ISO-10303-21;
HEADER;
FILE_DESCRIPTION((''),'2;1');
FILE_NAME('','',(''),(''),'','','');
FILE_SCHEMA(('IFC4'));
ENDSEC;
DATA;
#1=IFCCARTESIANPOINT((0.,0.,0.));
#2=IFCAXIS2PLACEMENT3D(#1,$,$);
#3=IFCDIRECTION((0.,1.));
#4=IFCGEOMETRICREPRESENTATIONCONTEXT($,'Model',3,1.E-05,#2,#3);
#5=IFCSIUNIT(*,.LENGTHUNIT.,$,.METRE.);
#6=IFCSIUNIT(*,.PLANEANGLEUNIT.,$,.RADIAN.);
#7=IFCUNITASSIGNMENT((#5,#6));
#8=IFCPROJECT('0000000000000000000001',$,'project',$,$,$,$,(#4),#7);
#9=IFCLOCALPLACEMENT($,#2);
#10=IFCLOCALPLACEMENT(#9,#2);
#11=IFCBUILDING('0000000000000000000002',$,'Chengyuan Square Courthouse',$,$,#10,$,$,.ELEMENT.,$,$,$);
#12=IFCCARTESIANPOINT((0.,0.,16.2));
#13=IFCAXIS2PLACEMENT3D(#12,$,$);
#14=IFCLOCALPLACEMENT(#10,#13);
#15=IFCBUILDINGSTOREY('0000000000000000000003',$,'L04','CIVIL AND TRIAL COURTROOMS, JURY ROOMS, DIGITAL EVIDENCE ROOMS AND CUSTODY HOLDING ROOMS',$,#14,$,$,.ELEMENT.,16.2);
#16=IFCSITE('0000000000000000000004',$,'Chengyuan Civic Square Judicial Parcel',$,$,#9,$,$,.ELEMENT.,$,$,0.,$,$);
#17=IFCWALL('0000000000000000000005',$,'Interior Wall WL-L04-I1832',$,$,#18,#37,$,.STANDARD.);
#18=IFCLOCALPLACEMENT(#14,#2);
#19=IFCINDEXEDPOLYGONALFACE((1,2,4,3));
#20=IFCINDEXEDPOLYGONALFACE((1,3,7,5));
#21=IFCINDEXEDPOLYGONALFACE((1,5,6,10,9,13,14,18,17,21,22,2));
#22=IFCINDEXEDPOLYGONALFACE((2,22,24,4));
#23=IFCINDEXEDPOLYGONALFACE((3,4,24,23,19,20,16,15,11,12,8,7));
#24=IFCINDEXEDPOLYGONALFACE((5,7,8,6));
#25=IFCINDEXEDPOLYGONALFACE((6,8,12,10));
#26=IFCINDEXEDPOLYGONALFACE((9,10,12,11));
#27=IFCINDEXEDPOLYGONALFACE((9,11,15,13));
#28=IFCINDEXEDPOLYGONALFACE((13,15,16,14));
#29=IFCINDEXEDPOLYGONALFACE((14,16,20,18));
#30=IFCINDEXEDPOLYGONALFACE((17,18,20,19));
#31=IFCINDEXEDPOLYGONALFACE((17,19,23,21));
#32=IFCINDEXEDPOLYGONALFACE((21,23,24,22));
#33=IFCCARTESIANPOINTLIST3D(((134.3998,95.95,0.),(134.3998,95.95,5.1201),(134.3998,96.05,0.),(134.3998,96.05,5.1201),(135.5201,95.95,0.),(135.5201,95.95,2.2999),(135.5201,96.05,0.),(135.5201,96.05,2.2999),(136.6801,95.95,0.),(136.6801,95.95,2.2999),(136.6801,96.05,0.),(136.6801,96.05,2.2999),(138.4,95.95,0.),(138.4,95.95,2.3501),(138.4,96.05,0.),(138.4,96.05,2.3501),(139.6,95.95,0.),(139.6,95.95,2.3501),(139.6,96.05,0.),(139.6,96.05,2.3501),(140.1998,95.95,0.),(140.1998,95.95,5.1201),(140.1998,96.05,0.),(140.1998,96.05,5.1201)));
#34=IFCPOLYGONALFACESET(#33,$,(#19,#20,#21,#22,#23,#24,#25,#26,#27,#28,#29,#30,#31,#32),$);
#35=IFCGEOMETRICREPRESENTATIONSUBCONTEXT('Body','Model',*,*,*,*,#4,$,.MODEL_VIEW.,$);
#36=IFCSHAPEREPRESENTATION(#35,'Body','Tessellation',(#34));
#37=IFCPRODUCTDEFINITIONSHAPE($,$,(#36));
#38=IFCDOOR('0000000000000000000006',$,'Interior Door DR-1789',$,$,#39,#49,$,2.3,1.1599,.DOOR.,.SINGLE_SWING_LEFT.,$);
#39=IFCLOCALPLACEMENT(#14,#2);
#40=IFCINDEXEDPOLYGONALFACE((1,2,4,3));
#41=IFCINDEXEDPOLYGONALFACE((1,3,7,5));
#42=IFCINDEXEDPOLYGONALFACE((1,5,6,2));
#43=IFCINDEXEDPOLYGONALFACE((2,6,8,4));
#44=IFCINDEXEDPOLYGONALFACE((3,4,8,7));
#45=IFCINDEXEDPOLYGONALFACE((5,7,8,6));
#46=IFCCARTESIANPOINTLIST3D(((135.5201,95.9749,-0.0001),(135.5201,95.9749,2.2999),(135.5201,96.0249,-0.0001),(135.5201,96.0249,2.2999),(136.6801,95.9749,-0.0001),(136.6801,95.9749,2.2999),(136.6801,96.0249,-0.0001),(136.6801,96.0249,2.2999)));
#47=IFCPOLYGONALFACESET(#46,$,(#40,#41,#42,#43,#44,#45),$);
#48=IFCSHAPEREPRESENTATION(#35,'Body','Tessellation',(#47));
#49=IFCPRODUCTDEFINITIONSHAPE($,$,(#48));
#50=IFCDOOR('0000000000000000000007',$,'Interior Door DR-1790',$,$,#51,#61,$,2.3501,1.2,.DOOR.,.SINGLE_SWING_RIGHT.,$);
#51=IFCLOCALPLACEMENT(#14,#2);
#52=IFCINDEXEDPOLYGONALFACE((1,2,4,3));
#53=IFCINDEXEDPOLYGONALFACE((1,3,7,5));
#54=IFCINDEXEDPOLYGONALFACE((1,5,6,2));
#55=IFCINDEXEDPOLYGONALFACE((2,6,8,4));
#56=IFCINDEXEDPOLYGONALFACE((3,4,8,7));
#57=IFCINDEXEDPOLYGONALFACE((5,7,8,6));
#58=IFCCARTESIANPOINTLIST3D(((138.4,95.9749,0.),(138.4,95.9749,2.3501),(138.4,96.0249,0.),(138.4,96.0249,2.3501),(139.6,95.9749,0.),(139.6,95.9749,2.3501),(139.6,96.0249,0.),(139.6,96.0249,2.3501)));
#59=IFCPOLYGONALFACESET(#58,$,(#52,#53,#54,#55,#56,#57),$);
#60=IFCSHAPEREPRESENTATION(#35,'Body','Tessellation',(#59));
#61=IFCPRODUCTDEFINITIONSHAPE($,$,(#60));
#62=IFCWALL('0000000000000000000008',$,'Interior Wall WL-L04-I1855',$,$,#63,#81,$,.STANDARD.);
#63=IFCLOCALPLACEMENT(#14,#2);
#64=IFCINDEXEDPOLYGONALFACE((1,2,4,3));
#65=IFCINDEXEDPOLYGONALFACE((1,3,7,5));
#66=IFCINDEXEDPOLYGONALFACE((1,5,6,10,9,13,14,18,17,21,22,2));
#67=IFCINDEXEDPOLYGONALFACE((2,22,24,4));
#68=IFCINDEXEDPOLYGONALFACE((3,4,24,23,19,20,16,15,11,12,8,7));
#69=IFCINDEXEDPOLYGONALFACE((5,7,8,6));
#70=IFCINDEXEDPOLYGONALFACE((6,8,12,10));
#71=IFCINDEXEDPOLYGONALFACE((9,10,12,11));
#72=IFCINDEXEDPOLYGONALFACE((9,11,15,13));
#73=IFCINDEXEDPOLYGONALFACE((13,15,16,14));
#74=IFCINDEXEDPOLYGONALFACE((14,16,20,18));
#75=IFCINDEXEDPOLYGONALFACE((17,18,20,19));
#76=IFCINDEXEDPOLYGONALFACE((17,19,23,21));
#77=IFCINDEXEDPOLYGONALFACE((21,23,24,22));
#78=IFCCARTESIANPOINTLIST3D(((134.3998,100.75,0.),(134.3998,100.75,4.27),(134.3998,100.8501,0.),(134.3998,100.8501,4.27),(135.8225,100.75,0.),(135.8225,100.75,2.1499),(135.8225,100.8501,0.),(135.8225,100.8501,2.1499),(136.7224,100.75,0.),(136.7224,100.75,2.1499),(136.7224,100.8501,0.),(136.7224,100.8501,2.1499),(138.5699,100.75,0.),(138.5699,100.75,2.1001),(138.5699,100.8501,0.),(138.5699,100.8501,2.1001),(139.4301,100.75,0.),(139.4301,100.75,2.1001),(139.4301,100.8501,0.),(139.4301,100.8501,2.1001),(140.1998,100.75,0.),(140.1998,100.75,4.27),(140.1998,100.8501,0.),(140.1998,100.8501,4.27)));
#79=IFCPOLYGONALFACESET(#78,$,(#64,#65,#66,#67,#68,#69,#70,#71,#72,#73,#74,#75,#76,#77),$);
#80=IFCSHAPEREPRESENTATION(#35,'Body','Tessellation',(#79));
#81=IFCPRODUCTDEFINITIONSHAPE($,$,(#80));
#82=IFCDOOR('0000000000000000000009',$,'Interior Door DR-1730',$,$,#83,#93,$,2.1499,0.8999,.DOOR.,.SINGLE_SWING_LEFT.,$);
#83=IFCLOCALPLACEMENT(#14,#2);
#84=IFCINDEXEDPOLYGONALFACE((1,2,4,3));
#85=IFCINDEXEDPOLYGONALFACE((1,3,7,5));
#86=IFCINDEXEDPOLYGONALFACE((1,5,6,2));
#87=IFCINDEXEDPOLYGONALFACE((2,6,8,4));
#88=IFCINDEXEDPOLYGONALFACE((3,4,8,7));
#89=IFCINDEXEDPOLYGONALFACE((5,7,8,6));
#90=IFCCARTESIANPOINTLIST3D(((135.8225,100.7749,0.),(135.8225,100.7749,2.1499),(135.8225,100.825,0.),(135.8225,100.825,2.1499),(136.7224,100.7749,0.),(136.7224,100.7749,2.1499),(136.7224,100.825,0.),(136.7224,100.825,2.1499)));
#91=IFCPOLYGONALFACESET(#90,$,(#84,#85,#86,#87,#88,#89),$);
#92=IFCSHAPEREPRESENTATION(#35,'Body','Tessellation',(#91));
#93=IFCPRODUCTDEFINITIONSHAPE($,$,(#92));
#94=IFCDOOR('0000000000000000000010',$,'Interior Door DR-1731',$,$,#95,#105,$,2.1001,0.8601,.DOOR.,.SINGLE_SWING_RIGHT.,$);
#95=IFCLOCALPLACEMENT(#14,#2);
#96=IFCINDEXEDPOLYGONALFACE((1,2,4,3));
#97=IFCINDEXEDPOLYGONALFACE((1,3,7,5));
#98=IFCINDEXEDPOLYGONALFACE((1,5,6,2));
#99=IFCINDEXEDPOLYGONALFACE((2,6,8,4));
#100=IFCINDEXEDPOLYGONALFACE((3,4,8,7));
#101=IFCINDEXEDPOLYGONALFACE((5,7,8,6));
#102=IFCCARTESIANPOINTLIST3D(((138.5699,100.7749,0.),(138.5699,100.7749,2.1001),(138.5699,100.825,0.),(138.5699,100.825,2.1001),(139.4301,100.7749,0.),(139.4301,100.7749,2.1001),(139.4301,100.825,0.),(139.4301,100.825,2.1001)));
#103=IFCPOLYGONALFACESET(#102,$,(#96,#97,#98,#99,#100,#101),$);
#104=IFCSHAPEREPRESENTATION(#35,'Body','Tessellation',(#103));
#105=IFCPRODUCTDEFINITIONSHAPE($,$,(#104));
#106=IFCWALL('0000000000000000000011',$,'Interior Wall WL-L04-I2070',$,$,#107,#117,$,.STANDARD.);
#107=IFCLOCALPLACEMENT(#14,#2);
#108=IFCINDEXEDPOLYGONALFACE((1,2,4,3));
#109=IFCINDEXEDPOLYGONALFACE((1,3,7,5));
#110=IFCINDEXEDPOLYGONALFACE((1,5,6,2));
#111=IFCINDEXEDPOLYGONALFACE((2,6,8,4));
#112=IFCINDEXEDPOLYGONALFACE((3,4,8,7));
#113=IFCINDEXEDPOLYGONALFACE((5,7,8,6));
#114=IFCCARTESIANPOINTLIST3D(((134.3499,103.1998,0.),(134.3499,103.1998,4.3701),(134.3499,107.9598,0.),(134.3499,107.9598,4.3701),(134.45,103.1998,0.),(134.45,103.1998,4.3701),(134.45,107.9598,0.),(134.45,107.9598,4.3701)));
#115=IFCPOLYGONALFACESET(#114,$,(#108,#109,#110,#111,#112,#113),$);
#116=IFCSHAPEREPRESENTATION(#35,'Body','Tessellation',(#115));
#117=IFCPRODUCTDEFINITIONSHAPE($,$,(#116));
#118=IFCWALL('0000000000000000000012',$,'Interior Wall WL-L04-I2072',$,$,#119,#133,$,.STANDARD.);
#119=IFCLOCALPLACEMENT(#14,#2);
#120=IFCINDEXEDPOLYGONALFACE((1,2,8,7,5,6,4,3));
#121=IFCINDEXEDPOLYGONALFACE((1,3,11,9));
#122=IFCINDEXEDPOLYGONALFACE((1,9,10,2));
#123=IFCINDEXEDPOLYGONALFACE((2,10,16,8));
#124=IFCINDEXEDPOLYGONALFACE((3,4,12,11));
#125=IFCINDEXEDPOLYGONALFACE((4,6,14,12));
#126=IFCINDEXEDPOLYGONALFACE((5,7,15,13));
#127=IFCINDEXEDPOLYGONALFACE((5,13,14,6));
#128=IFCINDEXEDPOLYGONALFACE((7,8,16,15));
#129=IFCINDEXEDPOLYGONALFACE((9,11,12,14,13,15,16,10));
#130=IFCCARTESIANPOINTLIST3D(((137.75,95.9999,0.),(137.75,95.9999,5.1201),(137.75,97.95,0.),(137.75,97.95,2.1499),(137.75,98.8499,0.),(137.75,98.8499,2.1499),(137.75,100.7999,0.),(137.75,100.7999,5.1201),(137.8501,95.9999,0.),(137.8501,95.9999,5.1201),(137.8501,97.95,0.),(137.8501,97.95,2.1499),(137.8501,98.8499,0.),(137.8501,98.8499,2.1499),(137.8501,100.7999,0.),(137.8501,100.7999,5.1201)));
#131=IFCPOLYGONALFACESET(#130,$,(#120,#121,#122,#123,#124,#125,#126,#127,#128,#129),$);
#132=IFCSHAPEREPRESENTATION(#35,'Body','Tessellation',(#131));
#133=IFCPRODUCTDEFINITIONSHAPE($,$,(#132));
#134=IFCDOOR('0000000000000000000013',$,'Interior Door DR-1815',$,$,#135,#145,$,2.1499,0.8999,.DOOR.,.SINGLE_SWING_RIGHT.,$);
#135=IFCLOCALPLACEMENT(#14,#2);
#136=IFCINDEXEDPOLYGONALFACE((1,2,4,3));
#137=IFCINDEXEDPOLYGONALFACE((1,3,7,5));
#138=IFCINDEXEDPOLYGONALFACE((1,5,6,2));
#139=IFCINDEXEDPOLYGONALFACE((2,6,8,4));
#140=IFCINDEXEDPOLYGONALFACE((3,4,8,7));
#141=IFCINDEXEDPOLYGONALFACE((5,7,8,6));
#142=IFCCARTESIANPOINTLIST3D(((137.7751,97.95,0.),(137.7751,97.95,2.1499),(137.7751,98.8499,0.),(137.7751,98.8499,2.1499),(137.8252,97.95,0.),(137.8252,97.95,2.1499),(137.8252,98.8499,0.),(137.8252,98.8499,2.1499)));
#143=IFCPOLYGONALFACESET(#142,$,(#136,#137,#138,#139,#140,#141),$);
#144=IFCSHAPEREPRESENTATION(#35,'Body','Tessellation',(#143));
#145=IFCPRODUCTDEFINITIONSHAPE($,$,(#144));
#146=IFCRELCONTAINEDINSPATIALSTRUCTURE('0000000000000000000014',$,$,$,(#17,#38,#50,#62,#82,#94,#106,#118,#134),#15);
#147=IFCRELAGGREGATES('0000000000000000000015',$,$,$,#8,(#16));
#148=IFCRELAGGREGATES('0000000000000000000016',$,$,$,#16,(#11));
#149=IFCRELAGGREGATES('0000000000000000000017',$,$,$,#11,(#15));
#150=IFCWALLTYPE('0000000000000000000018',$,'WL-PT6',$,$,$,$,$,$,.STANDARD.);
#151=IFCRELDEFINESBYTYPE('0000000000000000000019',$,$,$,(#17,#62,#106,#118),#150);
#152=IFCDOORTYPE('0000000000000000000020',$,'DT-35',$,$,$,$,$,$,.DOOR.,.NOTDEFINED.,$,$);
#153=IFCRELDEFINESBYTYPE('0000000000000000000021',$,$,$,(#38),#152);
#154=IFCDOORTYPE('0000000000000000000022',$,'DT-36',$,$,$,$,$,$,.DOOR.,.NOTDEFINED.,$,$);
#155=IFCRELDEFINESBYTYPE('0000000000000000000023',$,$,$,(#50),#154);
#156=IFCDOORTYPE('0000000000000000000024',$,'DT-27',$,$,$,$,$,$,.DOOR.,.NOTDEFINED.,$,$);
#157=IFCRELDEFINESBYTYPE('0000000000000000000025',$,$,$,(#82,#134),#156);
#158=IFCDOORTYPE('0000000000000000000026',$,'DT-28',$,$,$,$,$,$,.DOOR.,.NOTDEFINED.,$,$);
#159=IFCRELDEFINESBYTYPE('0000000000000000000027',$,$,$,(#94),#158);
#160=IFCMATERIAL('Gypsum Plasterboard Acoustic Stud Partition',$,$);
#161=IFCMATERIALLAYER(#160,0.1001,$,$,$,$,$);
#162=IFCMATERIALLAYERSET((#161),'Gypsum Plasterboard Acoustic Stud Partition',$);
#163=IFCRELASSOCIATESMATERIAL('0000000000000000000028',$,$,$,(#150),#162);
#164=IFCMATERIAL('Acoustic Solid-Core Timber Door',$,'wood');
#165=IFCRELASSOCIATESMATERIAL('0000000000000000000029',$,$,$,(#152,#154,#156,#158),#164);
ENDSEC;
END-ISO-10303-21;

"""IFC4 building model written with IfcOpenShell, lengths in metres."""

from ifc_helpers import new_model, si_unit, direction, frame, frame_2d, origin, place, context, subcontext, project, spatial, rectangle, extrude, material, layer, layer_set, type_object, element, fill, save


model = new_model("IFC4")

# Units and contexts
model_context = context("Model", 3, precision=1e-05, world=origin(), true_north=direction((0.0, 1.0)))
body_context = subcontext(model_context, "Body", "Model", "MODEL_VIEW")
ifc_project = project(units=[si_unit("LENGTHUNIT", "METRE"), si_unit("PLANEANGLEUNIT", "RADIAN")], contexts=[model_context])

# Site, building, storey
site_placement = place(None, origin())
site = spatial("IfcSite", under=ifc_project, at=site_placement, Name="Chengyuan Civic Square Judicial Parcel", CompositionType="ELEMENT", RefElevation=0.0)
building_placement = place(site_placement, origin())
building = spatial("IfcBuilding", under=site, at=building_placement, Name="Chengyuan Square Courthouse", CompositionType="ELEMENT")
storey_placement = place(building_placement, frame((0.0, 0.0, 16.2)))
storey = spatial("IfcBuildingStorey", under=building, at=storey_placement, Name="L04", Description="CIVIL AND TRIAL COURTROOMS, JURY ROOMS, DIGITAL EVIDENCE ROOMS AND CUSTODY HOLDING ROOMS", CompositionType="ELEMENT", Elevation=16.2)

# Walls, openings, doors
ifc_material_1 = material(Name="Gypsum Plasterboard Acoustic Stud Partition")
ifc_layer_1 = layer(ifc_material_1, 0.1001)
ifc_layer_set_1 = layer_set([ifc_layer_1], Name="Gypsum Plasterboard Acoustic Stud Partition")
wall_type_1 = type_object("IfcWallType", Name="WL-PT6", PredefinedType="STANDARD", material=ifc_layer_set_1)
wall_1_placement = place(storey_placement, frame((134.3999, 96.0, 0.0), z_axis=(0.0, 0.0, 1.0), x_axis=(1.0, 0.0, 0.0)))
wall_1 = element("IfcWall", 1, at=wall_1_placement, inside=storey, type_object=wall_type_1, Name="Interior Wall WL-L04-I1832", PredefinedType="STANDARD", context=body_context, shape_type="SweptSolid", body=[
    extrude(rectangle(XDim=5.8, YDim=0.1001, at=frame_2d((2.8999, 0.0))), origin(), (0.0, 0.0, 1.0), 5.1201),
])
opening_1_placement = place(wall_1_placement, frame((1.1201, 0.0, 0.0)))
opening_1 = element("IfcOpeningElement", 2, at=opening_1_placement, cuts=wall_1, PredefinedType="OPENING", context=body_context, shape_type="SweptSolid", body=[
    extrude(rectangle(XDim=1.1599, YDim=2.3, at=frame_2d((0.5801, 1.1499))), frame((0.0, 0.062, 0.0), z_axis=(0.0, -1.0, 0.0), x_axis=(1.0, 0.0, 0.0)), (0.0, 0.0, 1.0), 0.124),
])
opening_2_placement = place(wall_1_placement, frame((4.0, 0.0, 0.0)))
opening_2 = element("IfcOpeningElement", 3, at=opening_2_placement, cuts=wall_1, PredefinedType="OPENING", context=body_context, shape_type="SweptSolid", body=[
    extrude(rectangle(XDim=1.2, YDim=2.3501, at=frame_2d((0.6001, 1.175))), frame((0.0, 0.062, 0.0), z_axis=(0.0, -1.0, 0.0), x_axis=(1.0, 0.0, 0.0)), (0.0, 0.0, 1.0), 0.124),
])
ifc_material_2 = material(Name="Acoustic Solid-Core Timber Door", Category="wood")
door_type_1 = type_object("IfcDoorType", Name="DT-35", OperationType="NOTDEFINED", PredefinedType="DOOR", material=ifc_material_2)
door_1_placement = place(opening_1_placement, origin())
door_1 = element("IfcDoor", 4, at=door_1_placement, inside=storey, type_object=door_type_1, Name="Interior Door DR-1789", OperationType="SINGLE_SWING_LEFT", OverallHeight=2.3, OverallWidth=1.1599, PredefinedType="DOOR", context=body_context, shape_type="SweptSolid", body=[
    extrude(rectangle(XDim=1.1599, YDim=2.3, at=frame_2d((0.5801, 1.1499))), frame((0.0, 0.0249, 0.0), z_axis=(0.0, -1.0, 0.0), x_axis=(1.0, 0.0, 0.0)), (0.0, 0.0, 1.0), 0.05),
])
fill(opening_1, door_1)
door_type_2 = type_object("IfcDoorType", Name="DT-36", OperationType="NOTDEFINED", PredefinedType="DOOR", material=ifc_material_2)
door_2_placement = place(opening_2_placement, origin())
door_2 = element("IfcDoor", 5, at=door_2_placement, inside=storey, type_object=door_type_2, Name="Interior Door DR-1790", OperationType="SINGLE_SWING_RIGHT", OverallHeight=2.3501, OverallWidth=1.2, PredefinedType="DOOR", context=body_context, shape_type="SweptSolid", body=[
    extrude(rectangle(XDim=1.2, YDim=2.3501, at=frame_2d((0.6001, 1.175))), frame((0.0, 0.0249, 0.0), z_axis=(0.0, -1.0, 0.0), x_axis=(1.0, 0.0, 0.0)), (0.0, 0.0, 1.0), 0.05),
])
fill(opening_2, door_2)
wall_2_placement = place(storey_placement, frame((134.3999, 100.8, 0.0), z_axis=(0.0, 0.0, 1.0), x_axis=(1.0, 0.0, 0.0)))
wall_2 = element("IfcWall", 6, at=wall_2_placement, inside=storey, type_object=wall_type_1, Name="Interior Wall WL-L04-I1855", PredefinedType="STANDARD", context=body_context, shape_type="SweptSolid", body=[
    extrude(rectangle(XDim=5.8, YDim=0.1001, at=frame_2d((2.8999, 0.0))), origin(), (0.0, 0.0, 1.0), 4.27),
])
opening_3_placement = place(wall_2_placement, frame((1.4226, 0.0, 0.0)))
opening_3 = element("IfcOpeningElement", 7, at=opening_3_placement, cuts=wall_2, PredefinedType="OPENING", context=body_context, shape_type="SweptSolid", body=[
    extrude(rectangle(XDim=0.8999, YDim=2.1499, at=frame_2d((0.45, 1.075))), frame((0.0, 0.062, 0.0), z_axis=(0.0, -1.0, 0.0), x_axis=(1.0, 0.0, 0.0)), (0.0, 0.0, 1.0), 0.124),
])
opening_4_placement = place(wall_2_placement, frame((4.1699, 0.0, 0.0)))
opening_4 = element("IfcOpeningElement", 8, at=opening_4_placement, cuts=wall_2, PredefinedType="OPENING", context=body_context, shape_type="SweptSolid", body=[
    extrude(rectangle(XDim=0.8601, YDim=2.1001, at=frame_2d((0.4302, 1.05))), frame((0.0, 0.062, 0.0), z_axis=(0.0, -1.0, 0.0), x_axis=(1.0, 0.0, 0.0)), (0.0, 0.0, 1.0), 0.124),
])
door_type_3 = type_object("IfcDoorType", Name="DT-27", OperationType="NOTDEFINED", PredefinedType="DOOR", material=ifc_material_2)
door_3_placement = place(opening_3_placement, origin())
door_3 = element("IfcDoor", 9, at=door_3_placement, inside=storey, type_object=door_type_3, Name="Interior Door DR-1730", OperationType="SINGLE_SWING_LEFT", OverallHeight=2.1499, OverallWidth=0.8999, PredefinedType="DOOR", context=body_context, shape_type="SweptSolid", body=[
    extrude(rectangle(XDim=0.8999, YDim=2.1499, at=frame_2d((0.45, 1.075))), frame((0.0, 0.0249, 0.0), z_axis=(0.0, -1.0, 0.0), x_axis=(1.0, 0.0, 0.0)), (0.0, 0.0, 1.0), 0.05),
])
fill(opening_3, door_3)
door_type_4 = type_object("IfcDoorType", Name="DT-28", OperationType="NOTDEFINED", PredefinedType="DOOR", material=ifc_material_2)
door_4_placement = place(opening_4_placement, origin())
door_4 = element("IfcDoor", 10, at=door_4_placement, inside=storey, type_object=door_type_4, Name="Interior Door DR-1731", OperationType="SINGLE_SWING_RIGHT", OverallHeight=2.1001, OverallWidth=0.8601, PredefinedType="DOOR", context=body_context, shape_type="SweptSolid", body=[
    extrude(rectangle(XDim=0.8601, YDim=2.1001, at=frame_2d((0.4302, 1.05))), frame((0.0, 0.0249, 0.0), z_axis=(0.0, -1.0, 0.0), x_axis=(1.0, 0.0, 0.0)), (0.0, 0.0, 1.0), 0.05),
])
fill(opening_4, door_4)

# Wall
wall_3_placement = place(storey_placement, frame((134.3999, 103.2, 0.0), z_axis=(0.0, 0.0, 1.0), x_axis=(0.0, 1.0, 0.0)))
element("IfcWall", 11, at=wall_3_placement, inside=storey, type_object=wall_type_1, Name="Interior Wall WL-L04-I2070", PredefinedType="STANDARD", context=body_context, shape_type="SweptSolid", body=[
    extrude(rectangle(XDim=4.76, YDim=0.1001, at=frame_2d((2.3799, 0.0))), origin(), (0.0, 0.0, 1.0), 4.3701),
])

# Wall, opening, door
wall_4_placement = place(storey_placement, frame((137.8, 96.0, 0.0), z_axis=(0.0, 0.0, 1.0), x_axis=(0.0, 1.0, 0.0)))
wall_4 = element("IfcWall", 12, at=wall_4_placement, inside=storey, type_object=wall_type_1, Name="Interior Wall WL-L04-I2072", PredefinedType="STANDARD", context=body_context, shape_type="SweptSolid", body=[
    extrude(rectangle(XDim=4.8, YDim=0.1001, at=frame_2d((2.3999, 0.0))), origin(), (0.0, 0.0, 1.0), 5.1201),
])
opening_5_placement = place(wall_4_placement, frame((1.95, 0.0, 0.0)))
opening_5 = element("IfcOpeningElement", 13, at=opening_5_placement, cuts=wall_4, PredefinedType="OPENING", context=body_context, shape_type="SweptSolid", body=[
    extrude(rectangle(XDim=0.8999, YDim=2.1499, at=frame_2d((0.45, 1.075))), frame((0.0, 0.062, 0.0), z_axis=(0.0, -1.0, 0.0), x_axis=(1.0, 0.0, 0.0)), (0.0, 0.0, 1.0), 0.124),
])
door_5_placement = place(opening_5_placement, origin())
door_5 = element("IfcDoor", 14, at=door_5_placement, inside=storey, type_object=door_type_3, Name="Interior Door DR-1815", OperationType="SINGLE_SWING_RIGHT", OverallHeight=2.1499, OverallWidth=0.8999, PredefinedType="DOOR", context=body_context, shape_type="SweptSolid", body=[
    extrude(rectangle(XDim=0.8999, YDim=2.1499, at=frame_2d((0.45, 1.075))), frame((0.0, 0.0249, 0.0), z_axis=(0.0, -1.0, 0.0), x_axis=(1.0, 0.0, 0.0)), (0.0, 0.0, 1.0), 0.05),
])
fill(opening_5, door_5)

save(model, "model.ifc")
